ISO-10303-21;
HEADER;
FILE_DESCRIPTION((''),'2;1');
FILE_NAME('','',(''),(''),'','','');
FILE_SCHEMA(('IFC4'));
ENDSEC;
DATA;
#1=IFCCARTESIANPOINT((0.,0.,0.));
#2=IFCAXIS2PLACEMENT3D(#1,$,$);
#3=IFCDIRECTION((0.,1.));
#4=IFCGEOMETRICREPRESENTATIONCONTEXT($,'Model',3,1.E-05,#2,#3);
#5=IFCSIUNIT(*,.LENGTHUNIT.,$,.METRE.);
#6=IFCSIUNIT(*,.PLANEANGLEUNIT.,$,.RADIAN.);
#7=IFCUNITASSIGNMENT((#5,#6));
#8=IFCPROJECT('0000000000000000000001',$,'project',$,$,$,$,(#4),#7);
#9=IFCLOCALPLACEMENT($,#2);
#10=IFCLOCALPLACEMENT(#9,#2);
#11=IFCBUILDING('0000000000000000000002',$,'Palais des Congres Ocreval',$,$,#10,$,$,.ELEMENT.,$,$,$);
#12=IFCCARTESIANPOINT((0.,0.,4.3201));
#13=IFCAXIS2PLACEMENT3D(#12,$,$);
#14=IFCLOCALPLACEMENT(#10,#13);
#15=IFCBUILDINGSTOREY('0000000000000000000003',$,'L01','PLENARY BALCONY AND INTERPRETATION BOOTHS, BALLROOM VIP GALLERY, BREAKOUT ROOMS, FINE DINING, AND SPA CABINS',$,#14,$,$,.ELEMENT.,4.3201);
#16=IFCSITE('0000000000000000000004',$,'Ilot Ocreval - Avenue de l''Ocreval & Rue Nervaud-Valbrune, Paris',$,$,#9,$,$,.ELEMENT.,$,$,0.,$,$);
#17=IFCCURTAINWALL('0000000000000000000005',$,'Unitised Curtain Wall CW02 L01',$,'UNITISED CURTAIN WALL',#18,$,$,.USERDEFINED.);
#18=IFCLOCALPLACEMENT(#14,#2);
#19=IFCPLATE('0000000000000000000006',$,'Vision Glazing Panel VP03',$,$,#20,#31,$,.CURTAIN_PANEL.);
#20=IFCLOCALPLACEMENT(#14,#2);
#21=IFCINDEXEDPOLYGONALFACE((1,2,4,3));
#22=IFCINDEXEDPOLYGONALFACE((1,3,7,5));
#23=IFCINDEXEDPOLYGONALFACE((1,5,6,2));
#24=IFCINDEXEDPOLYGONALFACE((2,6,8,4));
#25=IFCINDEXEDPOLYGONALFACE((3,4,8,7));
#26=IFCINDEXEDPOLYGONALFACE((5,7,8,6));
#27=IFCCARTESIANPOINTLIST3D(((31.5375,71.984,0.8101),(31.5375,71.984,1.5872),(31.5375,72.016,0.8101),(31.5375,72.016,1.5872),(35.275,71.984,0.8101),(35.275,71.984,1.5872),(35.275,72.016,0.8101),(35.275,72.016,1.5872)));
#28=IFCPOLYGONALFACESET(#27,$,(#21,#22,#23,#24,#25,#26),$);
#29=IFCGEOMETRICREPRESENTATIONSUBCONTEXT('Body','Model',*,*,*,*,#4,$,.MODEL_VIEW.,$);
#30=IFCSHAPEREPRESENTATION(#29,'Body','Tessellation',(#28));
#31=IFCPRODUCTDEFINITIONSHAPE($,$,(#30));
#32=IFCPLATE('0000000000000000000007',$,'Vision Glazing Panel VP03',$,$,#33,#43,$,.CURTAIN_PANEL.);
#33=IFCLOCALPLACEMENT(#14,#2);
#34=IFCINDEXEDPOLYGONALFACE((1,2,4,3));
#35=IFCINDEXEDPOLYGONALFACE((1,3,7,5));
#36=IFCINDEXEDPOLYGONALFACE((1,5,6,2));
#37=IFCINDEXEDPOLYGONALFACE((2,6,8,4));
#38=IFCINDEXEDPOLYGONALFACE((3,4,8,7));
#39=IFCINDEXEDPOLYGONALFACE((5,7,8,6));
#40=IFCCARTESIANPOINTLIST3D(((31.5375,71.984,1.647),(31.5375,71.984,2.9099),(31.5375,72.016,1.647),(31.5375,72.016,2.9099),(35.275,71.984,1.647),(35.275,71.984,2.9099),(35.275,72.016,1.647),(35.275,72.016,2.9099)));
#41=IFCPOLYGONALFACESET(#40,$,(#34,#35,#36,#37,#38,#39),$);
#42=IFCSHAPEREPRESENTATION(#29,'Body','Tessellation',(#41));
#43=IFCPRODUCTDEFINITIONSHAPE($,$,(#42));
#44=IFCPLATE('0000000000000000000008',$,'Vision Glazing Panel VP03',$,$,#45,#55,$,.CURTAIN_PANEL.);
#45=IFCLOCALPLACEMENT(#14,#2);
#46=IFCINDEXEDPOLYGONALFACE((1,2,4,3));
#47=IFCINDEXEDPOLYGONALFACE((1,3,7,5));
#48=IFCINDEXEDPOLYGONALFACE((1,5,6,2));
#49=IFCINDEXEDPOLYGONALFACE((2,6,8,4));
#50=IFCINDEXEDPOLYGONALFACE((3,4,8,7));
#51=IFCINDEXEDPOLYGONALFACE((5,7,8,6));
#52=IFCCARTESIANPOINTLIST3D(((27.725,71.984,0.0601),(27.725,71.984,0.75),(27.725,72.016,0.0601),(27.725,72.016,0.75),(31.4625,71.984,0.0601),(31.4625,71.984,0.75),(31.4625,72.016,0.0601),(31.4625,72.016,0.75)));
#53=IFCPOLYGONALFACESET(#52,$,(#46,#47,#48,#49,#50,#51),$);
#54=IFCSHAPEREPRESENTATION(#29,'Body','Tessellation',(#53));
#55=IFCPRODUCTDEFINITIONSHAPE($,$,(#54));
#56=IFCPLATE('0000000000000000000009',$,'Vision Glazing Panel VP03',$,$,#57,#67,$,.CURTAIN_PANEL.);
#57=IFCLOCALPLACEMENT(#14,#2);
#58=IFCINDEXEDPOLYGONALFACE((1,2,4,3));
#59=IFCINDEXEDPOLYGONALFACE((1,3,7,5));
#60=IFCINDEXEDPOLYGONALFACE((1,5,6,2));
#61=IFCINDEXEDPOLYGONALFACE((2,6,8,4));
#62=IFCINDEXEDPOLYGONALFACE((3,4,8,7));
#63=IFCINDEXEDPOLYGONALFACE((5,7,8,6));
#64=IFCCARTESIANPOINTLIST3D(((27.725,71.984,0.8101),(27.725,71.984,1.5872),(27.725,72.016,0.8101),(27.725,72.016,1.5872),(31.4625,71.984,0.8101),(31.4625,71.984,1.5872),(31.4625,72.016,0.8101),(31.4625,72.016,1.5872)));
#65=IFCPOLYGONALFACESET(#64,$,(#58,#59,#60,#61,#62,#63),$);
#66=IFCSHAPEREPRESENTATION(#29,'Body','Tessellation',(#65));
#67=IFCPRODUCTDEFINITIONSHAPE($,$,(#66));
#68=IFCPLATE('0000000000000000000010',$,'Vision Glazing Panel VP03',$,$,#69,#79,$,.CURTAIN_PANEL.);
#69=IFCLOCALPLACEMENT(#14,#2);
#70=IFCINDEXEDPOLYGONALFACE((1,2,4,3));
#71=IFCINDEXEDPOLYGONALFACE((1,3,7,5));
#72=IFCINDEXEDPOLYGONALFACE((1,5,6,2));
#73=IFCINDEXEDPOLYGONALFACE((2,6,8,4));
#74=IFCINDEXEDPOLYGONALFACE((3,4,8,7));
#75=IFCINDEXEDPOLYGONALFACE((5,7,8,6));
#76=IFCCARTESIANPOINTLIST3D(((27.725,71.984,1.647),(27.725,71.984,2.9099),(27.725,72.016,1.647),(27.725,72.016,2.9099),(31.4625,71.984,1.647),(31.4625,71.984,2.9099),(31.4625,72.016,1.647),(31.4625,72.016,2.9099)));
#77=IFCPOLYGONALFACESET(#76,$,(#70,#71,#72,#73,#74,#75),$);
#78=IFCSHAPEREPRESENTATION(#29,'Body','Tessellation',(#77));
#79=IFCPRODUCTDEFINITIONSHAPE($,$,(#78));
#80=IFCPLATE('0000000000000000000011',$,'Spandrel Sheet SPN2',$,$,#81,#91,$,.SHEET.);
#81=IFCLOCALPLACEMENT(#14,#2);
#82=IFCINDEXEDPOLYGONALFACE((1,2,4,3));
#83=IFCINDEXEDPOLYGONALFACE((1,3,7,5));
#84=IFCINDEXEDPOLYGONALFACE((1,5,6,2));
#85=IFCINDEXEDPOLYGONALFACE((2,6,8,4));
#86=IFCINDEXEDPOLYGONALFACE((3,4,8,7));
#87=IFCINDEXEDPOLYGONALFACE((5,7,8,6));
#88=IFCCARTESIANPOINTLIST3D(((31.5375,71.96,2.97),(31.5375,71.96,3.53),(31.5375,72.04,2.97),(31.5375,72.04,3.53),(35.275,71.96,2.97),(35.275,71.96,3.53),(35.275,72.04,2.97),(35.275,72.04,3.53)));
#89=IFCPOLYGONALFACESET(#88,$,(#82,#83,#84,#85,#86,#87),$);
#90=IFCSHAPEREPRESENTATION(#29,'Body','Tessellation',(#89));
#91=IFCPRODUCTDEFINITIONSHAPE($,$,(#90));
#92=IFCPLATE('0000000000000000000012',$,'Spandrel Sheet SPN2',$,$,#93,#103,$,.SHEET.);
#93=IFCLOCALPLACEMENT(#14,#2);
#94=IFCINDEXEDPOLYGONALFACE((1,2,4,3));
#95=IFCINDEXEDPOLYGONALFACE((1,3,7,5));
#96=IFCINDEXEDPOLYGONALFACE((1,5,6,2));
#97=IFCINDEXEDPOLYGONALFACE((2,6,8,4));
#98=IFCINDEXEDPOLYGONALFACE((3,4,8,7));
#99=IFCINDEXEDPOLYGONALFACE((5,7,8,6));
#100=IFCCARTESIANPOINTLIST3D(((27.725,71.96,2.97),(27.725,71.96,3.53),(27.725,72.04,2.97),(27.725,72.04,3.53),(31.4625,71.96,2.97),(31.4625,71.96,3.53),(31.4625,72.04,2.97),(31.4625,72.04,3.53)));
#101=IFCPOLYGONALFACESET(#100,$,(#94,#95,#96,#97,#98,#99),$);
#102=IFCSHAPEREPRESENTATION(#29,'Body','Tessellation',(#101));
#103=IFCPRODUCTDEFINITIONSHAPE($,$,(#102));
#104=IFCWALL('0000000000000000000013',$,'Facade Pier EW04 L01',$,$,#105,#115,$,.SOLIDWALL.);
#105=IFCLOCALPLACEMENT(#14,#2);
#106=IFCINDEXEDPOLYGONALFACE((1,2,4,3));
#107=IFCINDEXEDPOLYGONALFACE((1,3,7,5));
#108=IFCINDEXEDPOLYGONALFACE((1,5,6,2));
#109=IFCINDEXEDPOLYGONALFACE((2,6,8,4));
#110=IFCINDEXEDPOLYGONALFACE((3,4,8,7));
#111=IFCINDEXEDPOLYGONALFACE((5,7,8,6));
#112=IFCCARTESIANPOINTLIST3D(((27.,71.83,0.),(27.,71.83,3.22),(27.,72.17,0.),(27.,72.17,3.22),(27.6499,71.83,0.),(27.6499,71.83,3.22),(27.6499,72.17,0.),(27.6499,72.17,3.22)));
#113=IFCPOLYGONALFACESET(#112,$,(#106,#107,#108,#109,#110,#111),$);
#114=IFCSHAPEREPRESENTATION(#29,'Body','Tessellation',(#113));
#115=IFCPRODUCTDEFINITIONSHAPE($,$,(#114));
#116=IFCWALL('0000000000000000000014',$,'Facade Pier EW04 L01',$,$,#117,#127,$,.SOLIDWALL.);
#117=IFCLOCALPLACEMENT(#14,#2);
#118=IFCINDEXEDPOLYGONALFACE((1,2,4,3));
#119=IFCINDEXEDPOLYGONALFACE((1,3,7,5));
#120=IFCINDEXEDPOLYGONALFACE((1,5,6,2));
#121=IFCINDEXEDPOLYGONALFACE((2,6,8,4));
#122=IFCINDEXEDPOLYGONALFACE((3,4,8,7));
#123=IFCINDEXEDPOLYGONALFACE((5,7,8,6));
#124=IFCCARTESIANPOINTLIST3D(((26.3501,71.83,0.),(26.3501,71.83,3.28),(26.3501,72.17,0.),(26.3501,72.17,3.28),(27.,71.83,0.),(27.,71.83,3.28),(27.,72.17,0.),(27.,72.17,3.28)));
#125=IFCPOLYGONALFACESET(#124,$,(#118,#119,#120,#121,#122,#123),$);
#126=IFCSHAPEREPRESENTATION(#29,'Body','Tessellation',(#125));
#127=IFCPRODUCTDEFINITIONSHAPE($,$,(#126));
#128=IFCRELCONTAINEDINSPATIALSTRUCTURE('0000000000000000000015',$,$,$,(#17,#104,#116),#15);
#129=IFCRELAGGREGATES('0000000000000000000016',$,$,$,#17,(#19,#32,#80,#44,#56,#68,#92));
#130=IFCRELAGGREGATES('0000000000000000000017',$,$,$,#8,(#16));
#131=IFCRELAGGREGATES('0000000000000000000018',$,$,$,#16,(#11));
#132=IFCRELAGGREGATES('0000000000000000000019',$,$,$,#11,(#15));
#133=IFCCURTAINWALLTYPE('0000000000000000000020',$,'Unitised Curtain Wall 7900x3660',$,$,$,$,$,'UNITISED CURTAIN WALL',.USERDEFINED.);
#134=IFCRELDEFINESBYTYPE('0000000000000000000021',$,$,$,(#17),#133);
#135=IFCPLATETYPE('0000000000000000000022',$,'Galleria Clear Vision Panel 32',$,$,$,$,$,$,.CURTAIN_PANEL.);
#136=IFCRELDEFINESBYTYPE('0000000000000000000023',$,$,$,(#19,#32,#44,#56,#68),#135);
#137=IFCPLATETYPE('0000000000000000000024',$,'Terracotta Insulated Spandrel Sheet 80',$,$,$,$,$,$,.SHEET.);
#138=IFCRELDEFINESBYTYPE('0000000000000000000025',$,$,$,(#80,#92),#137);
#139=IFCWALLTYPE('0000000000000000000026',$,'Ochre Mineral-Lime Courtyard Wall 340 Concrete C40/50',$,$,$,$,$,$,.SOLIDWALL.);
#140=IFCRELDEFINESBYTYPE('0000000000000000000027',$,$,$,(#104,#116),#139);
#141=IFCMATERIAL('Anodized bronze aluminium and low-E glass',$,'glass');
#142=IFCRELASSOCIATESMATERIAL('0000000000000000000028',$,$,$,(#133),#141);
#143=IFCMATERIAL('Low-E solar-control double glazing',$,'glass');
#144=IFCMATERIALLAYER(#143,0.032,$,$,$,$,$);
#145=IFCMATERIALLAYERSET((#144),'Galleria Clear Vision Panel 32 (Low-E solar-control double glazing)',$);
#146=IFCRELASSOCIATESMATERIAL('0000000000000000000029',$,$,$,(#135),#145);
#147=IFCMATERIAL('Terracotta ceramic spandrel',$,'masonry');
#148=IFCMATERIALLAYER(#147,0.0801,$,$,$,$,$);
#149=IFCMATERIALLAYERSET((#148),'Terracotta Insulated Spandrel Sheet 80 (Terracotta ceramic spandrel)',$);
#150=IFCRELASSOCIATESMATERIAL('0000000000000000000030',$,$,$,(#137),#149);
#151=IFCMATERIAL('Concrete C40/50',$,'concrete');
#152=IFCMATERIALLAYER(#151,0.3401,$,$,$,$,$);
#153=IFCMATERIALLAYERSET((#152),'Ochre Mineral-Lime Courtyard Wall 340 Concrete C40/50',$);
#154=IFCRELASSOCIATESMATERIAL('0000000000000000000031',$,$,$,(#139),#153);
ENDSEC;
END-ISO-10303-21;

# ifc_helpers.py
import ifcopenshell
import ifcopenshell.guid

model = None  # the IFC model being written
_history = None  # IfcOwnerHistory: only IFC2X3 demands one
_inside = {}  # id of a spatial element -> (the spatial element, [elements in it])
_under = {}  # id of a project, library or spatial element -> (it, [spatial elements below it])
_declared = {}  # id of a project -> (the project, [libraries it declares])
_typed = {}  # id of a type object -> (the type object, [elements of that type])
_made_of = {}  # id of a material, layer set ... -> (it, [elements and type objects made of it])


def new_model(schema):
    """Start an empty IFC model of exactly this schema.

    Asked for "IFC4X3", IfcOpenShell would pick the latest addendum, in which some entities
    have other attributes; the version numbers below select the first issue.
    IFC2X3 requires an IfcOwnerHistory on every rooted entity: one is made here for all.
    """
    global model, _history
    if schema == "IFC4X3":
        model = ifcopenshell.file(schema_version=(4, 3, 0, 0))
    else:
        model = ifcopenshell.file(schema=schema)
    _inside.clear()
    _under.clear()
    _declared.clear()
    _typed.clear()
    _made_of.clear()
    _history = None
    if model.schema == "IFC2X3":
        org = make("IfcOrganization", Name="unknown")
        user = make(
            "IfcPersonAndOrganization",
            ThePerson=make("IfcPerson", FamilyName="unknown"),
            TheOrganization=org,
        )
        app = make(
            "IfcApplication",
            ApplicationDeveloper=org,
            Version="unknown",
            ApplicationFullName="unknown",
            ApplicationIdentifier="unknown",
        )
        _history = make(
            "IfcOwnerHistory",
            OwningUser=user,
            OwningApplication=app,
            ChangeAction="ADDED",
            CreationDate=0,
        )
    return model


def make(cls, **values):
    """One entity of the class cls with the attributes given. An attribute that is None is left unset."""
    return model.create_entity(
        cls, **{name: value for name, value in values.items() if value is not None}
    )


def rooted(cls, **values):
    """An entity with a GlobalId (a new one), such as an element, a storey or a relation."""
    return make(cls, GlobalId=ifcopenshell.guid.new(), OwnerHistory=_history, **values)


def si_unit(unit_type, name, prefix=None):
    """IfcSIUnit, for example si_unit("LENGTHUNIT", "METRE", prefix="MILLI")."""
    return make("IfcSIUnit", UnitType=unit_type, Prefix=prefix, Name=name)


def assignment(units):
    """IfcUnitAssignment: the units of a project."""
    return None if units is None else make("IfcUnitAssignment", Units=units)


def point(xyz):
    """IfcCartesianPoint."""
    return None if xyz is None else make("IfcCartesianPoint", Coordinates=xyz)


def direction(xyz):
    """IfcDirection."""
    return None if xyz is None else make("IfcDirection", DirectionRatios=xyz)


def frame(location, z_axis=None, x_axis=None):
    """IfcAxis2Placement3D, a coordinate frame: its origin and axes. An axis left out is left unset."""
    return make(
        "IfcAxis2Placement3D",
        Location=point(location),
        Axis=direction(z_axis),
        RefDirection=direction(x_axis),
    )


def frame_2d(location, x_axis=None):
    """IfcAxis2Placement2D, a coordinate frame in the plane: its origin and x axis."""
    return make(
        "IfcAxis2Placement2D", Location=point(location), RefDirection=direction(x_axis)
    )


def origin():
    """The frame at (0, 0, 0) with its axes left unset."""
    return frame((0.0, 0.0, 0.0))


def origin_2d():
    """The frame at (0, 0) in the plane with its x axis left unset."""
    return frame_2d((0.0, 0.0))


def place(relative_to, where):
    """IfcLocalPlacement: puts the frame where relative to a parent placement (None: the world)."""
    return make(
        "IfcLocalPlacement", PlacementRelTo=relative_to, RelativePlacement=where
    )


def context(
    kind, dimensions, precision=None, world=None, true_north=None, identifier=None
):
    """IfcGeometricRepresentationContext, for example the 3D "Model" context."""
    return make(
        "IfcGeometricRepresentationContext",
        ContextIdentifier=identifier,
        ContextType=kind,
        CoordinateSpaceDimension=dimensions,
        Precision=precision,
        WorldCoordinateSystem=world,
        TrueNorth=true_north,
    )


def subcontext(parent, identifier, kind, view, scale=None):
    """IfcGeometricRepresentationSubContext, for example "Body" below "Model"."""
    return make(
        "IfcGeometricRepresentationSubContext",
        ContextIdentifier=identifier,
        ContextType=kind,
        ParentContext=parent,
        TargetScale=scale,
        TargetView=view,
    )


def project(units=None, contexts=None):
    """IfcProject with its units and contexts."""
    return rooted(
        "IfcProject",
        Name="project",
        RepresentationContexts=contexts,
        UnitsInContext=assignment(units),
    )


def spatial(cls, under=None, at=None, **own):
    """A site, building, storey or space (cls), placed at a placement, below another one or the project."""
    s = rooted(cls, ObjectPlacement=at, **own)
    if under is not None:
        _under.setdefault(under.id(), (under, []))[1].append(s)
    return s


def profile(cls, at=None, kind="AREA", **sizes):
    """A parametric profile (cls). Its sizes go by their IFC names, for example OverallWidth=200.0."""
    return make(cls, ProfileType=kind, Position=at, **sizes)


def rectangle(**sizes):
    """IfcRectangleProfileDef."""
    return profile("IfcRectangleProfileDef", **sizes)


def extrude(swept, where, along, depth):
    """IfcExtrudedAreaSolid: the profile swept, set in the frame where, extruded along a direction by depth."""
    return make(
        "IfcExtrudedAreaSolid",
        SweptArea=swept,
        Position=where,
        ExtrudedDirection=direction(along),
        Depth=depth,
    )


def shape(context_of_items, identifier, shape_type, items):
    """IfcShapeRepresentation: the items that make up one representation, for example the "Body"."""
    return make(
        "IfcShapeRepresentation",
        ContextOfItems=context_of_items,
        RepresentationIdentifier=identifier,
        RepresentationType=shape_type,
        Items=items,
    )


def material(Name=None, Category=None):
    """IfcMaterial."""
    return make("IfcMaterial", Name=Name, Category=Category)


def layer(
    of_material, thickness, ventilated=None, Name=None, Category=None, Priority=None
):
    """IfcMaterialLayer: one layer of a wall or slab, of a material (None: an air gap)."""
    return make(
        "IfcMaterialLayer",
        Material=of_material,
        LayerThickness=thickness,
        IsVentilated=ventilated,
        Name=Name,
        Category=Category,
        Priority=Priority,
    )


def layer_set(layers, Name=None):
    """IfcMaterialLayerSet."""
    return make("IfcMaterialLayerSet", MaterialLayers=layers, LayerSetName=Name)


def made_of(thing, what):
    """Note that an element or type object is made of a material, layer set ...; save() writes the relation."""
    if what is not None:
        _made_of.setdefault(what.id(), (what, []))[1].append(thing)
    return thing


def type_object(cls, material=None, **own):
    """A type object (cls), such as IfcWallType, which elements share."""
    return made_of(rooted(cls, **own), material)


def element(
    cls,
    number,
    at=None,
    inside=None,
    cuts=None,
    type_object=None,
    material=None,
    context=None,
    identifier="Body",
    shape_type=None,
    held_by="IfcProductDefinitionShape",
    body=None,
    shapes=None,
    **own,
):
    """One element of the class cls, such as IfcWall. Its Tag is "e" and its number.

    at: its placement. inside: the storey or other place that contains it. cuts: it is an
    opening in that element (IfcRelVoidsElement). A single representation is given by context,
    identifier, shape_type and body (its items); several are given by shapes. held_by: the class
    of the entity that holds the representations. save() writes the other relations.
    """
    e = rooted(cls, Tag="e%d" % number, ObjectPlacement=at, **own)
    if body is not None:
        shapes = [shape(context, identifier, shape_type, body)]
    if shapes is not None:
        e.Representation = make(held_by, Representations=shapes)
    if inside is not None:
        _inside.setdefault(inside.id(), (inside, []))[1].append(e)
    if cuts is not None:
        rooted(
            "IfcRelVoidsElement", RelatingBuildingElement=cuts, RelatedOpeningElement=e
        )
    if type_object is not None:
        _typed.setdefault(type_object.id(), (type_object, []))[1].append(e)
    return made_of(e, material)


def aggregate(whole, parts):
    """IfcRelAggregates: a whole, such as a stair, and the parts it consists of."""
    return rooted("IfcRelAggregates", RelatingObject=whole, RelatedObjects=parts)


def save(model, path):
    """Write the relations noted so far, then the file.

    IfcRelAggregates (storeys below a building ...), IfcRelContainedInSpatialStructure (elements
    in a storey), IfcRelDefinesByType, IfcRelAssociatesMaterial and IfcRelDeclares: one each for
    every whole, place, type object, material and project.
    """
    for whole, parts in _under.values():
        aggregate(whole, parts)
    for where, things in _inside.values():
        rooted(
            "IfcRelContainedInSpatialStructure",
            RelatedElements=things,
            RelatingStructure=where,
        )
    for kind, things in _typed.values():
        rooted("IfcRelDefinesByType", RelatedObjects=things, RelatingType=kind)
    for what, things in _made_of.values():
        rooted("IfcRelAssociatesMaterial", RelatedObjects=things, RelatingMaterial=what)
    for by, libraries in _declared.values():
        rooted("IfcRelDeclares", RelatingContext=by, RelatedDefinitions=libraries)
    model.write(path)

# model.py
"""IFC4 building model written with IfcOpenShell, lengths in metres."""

from ifc_helpers import new_model, si_unit, direction, frame, frame_2d, origin, origin_2d, place, context, subcontext, project, spatial, rectangle, extrude, material, layer, layer_set, type_object, element, aggregate, save


model = new_model("IFC4")

# Units and contexts
model_context = context("Model", 3, precision=1e-05, world=origin(), true_north=direction((0.0, 1.0)))
body_context = subcontext(model_context, "Body", "Model", "MODEL_VIEW")
ifc_project = project(units=[si_unit("LENGTHUNIT", "METRE"), si_unit("PLANEANGLEUNIT", "RADIAN")], contexts=[model_context])

# Site, building, storey
site_placement = place(None, origin())
site = spatial("IfcSite", under=ifc_project, at=site_placement, Name="Ilot Ocreval - Avenue de l'Ocreval & Rue Nervaud-Valbrune, Paris", CompositionType="ELEMENT", RefElevation=0.0)
building_placement = place(site_placement, origin())
building = spatial("IfcBuilding", under=site, at=building_placement, Name="Palais des Congres Ocreval", CompositionType="ELEMENT")
storey_placement = place(building_placement, frame((0.0, 0.0, 4.3201)))
storey = spatial("IfcBuildingStorey", under=building, at=storey_placement, Name="L01", Description="PLENARY BALCONY AND INTERPRETATION BOOTHS, BALLROOM VIP GALLERY, BREAKOUT ROOMS, FINE DINING, AND SPA CABINS", CompositionType="ELEMENT", Elevation=4.3201)

# Curtain wall
ifc_material_1 = material(Name="Anodized bronze aluminium and low-E glass", Category="glass")
curtain_wall_type = type_object("IfcCurtainWallType", Name="Unitised Curtain Wall 7900x3660", ElementType="UNITISED CURTAIN WALL", PredefinedType="USERDEFINED", material=ifc_material_1)
curtain_wall_placement = place(storey_placement, origin())
curtain_wall = element("IfcCurtainWall", 1, at=curtain_wall_placement, inside=storey, type_object=curtain_wall_type, Name="Unitised Curtain Wall CW02 L01", ObjectType="UNITISED CURTAIN WALL", PredefinedType="USERDEFINED")

# Plates
ifc_material_2 = material(Name="Low-E solar-control double glazing", Category="glass")
ifc_layer_1 = layer(ifc_material_2, 0.032)
ifc_layer_set_1 = layer_set([ifc_layer_1], Name="Galleria Clear Vision Panel 32 (Low-E solar-control double glazing)")
plate_type_1 = type_object("IfcPlateType", Name="Galleria Clear Vision Panel 32", PredefinedType="CURTAIN_PANEL", material=ifc_layer_set_1)
plate_1_placement = place(storey_placement, frame((33.4062, 72.0, 0.8101), z_axis=(0.0, 0.0, 1.0), x_axis=(-1.0, 0.0, 0.0)))
plate_1 = element("IfcPlate", 2, at=plate_1_placement, type_object=plate_type_1, Name="Vision Glazing Panel VP03", PredefinedType="CURTAIN_PANEL", context=body_context, shape_type="SweptSolid", body=[
    extrude(rectangle(XDim=3.7375, YDim=0.032, at=origin_2d()), origin(), (0.0, 0.0, 1.0), 0.7771),
])
plate_2_placement = place(storey_placement, frame((33.4062, 72.0, 1.647), z_axis=(0.0, 0.0, 1.0), x_axis=(-1.0, 0.0, 0.0)))
plate_2 = element("IfcPlate", 3, at=plate_2_placement, type_object=plate_type_1, Name="Vision Glazing Panel VP03", PredefinedType="CURTAIN_PANEL", context=body_context, shape_type="SweptSolid", body=[
    extrude(rectangle(XDim=3.7375, YDim=0.032, at=origin_2d()), origin(), (0.0, 0.0, 1.0), 1.2629),
])
plate_3_placement = place(storey_placement, frame((29.5938, 72.0, 0.0601), z_axis=(0.0, 0.0, 1.0), x_axis=(-1.0, 0.0, 0.0)))
plate_3 = element("IfcPlate", 4, at=plate_3_placement, type_object=plate_type_1, Name="Vision Glazing Panel VP03", PredefinedType="CURTAIN_PANEL", context=body_context, shape_type="SweptSolid", body=[
    extrude(rectangle(XDim=3.7375, YDim=0.032, at=origin_2d()), origin(), (0.0, 0.0, 1.0), 0.6899),
])
plate_4_placement = place(storey_placement, frame((29.5938, 72.0, 0.8101), z_axis=(0.0, 0.0, 1.0), x_axis=(-1.0, 0.0, 0.0)))
plate_4 = element("IfcPlate", 5, at=plate_4_placement, type_object=plate_type_1, Name="Vision Glazing Panel VP03", PredefinedType="CURTAIN_PANEL", context=body_context, shape_type="SweptSolid", body=[
    extrude(rectangle(XDim=3.7375, YDim=0.032, at=origin_2d()), origin(), (0.0, 0.0, 1.0), 0.7771),
])
plate_5_placement = place(storey_placement, frame((29.5938, 72.0, 1.647), z_axis=(0.0, 0.0, 1.0), x_axis=(-1.0, 0.0, 0.0)))
plate_5 = element("IfcPlate", 6, at=plate_5_placement, type_object=plate_type_1, Name="Vision Glazing Panel VP03", PredefinedType="CURTAIN_PANEL", context=body_context, shape_type="SweptSolid", body=[
    extrude(rectangle(XDim=3.7375, YDim=0.032, at=origin_2d()), origin(), (0.0, 0.0, 1.0), 1.2629),
])
ifc_material_3 = material(Name="Terracotta ceramic spandrel", Category="masonry")
ifc_layer_2 = layer(ifc_material_3, 0.0801)
ifc_layer_set_2 = layer_set([ifc_layer_2], Name="Terracotta Insulated Spandrel Sheet 80 (Terracotta ceramic spandrel)")
plate_type_2 = type_object("IfcPlateType", Name="Terracotta Insulated Spandrel Sheet 80", PredefinedType="SHEET", material=ifc_layer_set_2)
plate_6_placement = place(storey_placement, frame((33.4062, 72.0, 2.97), z_axis=(0.0, 0.0, 1.0), x_axis=(-1.0, 0.0, 0.0)))
plate_6 = element("IfcPlate", 7, at=plate_6_placement, type_object=plate_type_2, Name="Spandrel Sheet SPN2", PredefinedType="SHEET", context=body_context, shape_type="SweptSolid", body=[
    extrude(rectangle(XDim=3.7375, YDim=0.0801, at=origin_2d()), origin(), (0.0, 0.0, 1.0), 0.5601),
])
plate_7_placement = place(storey_placement, frame((29.5938, 72.0, 2.97), z_axis=(0.0, 0.0, 1.0), x_axis=(-1.0, 0.0, 0.0)))
plate_7 = element("IfcPlate", 8, at=plate_7_placement, type_object=plate_type_2, Name="Spandrel Sheet SPN2", PredefinedType="SHEET", context=body_context, shape_type="SweptSolid", body=[
    extrude(rectangle(XDim=3.7375, YDim=0.0801, at=origin_2d()), origin(), (0.0, 0.0, 1.0), 0.5601),
])
aggregate(curtain_wall, [plate_1, plate_2, plate_6, plate_3, plate_4, plate_5, plate_7])

# Walls
ifc_material_4 = material(Name="Concrete C40/50", Category="concrete")
ifc_layer_3 = layer(ifc_material_4, 0.3401)
ifc_layer_set_3 = layer_set([ifc_layer_3], Name="Ochre Mineral-Lime Courtyard Wall 340 Concrete C40/50")
wall_type = type_object("IfcWallType", Name="Ochre Mineral-Lime Courtyard Wall 340 Concrete C40/50", PredefinedType="SOLIDWALL", material=ifc_layer_set_3)
wall_1_placement = place(storey_placement, frame((27.6499, 72.0, 0.0), z_axis=(0.0, 0.0, 1.0), x_axis=(-1.0, 0.0, 0.0)))
element("IfcWall", 9, at=wall_1_placement, inside=storey, type_object=wall_type, Name="Facade Pier EW04 L01", PredefinedType="SOLIDWALL", context=body_context, shape_type="SweptSolid", body=[
    extrude(rectangle(XDim=0.6499, YDim=0.3401, at=frame_2d((0.325, 0.0))), origin(), (0.0, 0.0, 1.0), 3.22),
])
wall_2_placement = place(storey_placement, frame((27.0, 72.0, 0.0), z_axis=(0.0, 0.0, 1.0), x_axis=(-1.0, 0.0, 0.0)))
element("IfcWall", 10, at=wall_2_placement, inside=storey, type_object=wall_type, Name="Facade Pier EW04 L01", PredefinedType="SOLIDWALL", context=body_context, shape_type="SweptSolid", body=[
    extrude(rectangle(XDim=0.6499, YDim=0.3401, at=frame_2d((0.325, 0.0))), origin(), (0.0, 0.0, 1.0), 3.28),
])

save(model, "model.ifc")
